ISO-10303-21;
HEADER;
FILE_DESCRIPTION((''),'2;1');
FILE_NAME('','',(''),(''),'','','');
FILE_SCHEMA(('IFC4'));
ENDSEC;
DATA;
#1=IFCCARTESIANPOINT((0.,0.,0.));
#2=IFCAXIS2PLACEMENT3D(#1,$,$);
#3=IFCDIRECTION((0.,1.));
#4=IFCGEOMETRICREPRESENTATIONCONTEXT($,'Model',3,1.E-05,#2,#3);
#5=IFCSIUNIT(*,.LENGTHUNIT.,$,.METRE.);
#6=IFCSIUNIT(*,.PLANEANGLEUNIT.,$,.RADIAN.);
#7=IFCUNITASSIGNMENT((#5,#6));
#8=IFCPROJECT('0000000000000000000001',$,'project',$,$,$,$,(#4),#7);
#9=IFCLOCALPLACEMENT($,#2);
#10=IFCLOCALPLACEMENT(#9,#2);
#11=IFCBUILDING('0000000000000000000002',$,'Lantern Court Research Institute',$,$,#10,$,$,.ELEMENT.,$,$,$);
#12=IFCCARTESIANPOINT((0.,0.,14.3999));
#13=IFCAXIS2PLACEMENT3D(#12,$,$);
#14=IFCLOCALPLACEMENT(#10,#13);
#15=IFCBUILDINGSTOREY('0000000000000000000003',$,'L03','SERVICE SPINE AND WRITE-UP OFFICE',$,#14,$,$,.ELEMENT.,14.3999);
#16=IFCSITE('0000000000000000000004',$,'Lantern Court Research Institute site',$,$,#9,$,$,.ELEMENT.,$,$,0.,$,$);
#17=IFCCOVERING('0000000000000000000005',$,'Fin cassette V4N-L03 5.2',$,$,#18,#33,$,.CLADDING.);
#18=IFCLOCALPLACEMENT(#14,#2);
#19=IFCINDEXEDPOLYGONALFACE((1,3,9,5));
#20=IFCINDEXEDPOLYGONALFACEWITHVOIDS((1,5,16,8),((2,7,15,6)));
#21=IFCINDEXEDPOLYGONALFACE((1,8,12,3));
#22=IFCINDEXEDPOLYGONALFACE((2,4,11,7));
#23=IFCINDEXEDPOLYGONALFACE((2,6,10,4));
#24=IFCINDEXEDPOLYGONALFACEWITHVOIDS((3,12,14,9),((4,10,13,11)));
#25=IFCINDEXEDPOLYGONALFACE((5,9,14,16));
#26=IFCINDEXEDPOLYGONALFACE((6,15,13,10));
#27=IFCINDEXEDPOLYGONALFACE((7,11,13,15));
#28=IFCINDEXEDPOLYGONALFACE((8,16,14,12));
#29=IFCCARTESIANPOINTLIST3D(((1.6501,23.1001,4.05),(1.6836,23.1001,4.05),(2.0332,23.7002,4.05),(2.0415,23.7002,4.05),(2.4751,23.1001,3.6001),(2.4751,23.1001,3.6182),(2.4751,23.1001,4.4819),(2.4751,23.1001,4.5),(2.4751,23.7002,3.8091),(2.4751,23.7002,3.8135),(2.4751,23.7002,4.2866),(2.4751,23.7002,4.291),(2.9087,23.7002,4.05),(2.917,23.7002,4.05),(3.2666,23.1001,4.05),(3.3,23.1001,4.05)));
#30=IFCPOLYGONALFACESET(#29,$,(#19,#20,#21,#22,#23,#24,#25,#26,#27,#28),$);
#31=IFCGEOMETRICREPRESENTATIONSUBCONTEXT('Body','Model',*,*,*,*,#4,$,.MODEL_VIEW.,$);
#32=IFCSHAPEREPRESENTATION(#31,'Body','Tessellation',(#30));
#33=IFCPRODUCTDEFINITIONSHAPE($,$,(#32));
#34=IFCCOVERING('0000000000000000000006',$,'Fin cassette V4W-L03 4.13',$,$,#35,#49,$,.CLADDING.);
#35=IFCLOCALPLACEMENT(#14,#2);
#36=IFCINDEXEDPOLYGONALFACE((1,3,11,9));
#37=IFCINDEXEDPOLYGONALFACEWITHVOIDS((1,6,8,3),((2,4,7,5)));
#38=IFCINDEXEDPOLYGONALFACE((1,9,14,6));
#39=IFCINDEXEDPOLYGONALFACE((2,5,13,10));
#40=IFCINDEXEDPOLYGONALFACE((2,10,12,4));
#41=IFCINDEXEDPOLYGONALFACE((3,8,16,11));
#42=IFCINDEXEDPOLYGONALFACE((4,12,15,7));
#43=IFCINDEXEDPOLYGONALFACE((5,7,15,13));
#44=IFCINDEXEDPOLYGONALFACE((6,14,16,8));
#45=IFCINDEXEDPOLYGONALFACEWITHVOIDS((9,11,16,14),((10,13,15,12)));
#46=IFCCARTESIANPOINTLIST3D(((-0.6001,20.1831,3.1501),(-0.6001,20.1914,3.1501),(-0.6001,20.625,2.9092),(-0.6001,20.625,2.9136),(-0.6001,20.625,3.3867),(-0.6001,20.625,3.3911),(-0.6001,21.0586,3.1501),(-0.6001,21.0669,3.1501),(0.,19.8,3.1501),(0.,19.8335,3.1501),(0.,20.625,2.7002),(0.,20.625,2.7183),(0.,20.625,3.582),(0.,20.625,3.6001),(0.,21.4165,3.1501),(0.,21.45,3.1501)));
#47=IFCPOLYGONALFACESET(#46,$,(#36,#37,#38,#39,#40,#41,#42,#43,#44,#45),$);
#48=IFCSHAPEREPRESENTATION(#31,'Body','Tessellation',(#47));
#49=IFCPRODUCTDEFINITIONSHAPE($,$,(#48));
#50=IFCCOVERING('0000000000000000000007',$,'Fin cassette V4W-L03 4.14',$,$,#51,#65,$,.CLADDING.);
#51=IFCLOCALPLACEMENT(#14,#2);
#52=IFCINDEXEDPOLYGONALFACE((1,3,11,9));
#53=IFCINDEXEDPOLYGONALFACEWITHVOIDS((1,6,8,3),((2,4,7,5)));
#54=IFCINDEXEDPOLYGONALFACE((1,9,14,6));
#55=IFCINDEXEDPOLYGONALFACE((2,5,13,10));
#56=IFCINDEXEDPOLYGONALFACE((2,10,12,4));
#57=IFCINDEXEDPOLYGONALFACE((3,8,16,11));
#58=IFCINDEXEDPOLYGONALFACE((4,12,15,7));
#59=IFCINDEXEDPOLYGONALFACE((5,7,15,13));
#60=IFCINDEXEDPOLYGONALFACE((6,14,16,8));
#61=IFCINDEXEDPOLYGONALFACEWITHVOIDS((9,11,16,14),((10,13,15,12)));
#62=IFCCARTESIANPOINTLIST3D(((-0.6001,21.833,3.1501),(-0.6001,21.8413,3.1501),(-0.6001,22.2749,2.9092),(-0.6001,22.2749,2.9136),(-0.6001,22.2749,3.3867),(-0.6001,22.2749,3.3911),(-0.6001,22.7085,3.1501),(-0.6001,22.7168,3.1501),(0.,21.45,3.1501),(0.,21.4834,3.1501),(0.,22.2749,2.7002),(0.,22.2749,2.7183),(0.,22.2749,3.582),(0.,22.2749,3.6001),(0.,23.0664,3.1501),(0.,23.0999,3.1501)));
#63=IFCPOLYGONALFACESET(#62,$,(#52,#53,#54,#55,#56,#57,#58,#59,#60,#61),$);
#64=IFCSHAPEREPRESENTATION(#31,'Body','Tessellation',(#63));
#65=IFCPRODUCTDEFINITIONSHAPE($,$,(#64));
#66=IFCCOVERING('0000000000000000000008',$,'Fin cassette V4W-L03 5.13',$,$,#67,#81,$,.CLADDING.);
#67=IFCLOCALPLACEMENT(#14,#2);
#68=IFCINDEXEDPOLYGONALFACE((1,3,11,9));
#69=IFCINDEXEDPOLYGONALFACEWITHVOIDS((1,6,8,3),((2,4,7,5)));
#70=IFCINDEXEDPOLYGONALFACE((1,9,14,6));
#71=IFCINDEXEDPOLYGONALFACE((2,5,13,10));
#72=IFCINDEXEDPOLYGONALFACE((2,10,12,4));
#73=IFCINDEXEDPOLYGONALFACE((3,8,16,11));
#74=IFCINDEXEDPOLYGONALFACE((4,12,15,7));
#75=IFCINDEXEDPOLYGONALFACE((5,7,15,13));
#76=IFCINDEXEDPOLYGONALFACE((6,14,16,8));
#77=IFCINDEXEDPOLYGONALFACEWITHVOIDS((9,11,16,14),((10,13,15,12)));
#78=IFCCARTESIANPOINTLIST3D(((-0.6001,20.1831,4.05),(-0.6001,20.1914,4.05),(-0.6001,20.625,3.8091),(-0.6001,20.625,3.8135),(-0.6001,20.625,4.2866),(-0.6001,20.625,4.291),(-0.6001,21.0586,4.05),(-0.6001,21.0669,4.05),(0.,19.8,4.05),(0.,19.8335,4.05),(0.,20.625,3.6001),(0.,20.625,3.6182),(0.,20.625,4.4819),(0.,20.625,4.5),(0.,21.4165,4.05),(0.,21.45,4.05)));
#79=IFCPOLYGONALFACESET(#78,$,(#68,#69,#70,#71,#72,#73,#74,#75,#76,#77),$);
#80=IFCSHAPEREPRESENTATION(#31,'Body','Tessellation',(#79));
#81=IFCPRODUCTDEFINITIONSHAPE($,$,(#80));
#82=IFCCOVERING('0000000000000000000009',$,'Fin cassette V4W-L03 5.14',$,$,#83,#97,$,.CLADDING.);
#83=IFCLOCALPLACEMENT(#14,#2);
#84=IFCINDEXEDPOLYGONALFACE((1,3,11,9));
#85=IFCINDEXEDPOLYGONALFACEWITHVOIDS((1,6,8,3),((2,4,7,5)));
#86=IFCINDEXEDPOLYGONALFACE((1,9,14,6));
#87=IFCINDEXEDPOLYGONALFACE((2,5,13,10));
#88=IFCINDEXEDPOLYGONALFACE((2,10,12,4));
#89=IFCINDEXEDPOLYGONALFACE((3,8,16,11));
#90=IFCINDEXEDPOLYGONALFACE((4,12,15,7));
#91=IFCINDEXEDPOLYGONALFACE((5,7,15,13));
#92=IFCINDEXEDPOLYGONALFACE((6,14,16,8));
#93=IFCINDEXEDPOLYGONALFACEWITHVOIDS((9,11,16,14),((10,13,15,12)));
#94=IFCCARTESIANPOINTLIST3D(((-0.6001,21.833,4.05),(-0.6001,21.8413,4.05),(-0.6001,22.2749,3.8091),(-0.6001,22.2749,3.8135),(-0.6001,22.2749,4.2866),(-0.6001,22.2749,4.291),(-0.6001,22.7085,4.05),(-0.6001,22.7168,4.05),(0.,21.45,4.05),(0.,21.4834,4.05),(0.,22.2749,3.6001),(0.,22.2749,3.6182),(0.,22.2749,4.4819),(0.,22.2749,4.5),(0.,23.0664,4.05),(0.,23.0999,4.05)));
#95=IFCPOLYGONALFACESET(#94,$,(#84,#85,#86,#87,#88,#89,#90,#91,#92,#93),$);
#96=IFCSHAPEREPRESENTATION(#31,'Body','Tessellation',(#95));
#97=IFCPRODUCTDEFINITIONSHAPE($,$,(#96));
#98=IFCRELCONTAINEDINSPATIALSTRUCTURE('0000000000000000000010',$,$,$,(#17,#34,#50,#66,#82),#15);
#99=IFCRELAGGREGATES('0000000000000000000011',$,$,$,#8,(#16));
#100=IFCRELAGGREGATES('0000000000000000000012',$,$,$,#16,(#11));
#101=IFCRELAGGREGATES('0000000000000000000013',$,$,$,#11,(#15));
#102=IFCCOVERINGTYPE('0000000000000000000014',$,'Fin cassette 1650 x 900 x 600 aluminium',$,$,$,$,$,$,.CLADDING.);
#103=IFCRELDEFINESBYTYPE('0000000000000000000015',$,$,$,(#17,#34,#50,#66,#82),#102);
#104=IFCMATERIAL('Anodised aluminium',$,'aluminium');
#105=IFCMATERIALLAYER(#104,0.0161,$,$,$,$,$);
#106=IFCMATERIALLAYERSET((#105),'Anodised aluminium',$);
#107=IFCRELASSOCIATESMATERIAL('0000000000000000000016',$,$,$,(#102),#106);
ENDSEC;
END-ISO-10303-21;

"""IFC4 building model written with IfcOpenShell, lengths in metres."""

from ifc_helpers import new_model, entity, si_unit, direction, frame, origin, place, context, subcontext, project, spatial, material, layer, layer_set, type_object, element, save


model = new_model("IFC4")

# Units and contexts
model_context = context("Model", 3, precision=1e-05, world=origin(), true_north=direction((0.0, 1.0)))
body_context = subcontext(model_context, "Body", "Model", "MODEL_VIEW")
ifc_project = project(units=[si_unit("LENGTHUNIT", "METRE"), si_unit("PLANEANGLEUNIT", "RADIAN")], contexts=[model_context])

# Site, building, storey
site_placement = place(None, origin())
site = spatial("IfcSite", under=ifc_project, at=site_placement, Name="Lantern Court Research Institute site", CompositionType="ELEMENT", RefElevation=0.0)
building_placement = place(site_placement, origin())
building = spatial("IfcBuilding", under=site, at=building_placement, Name="Lantern Court Research Institute", CompositionType="ELEMENT")
storey_placement = place(building_placement, frame((0.0, 0.0, 14.3999)))
storey = spatial("IfcBuildingStorey", under=building, at=storey_placement, Name="L03", Description="SERVICE SPINE AND WRITE-UP OFFICE", CompositionType="ELEMENT", Elevation=14.3999)

# Coverings
ifc_material_1 = material(Name="Anodised aluminium", Category="aluminium")
ifc_layer_1 = layer(ifc_material_1, 0.0161)
ifc_layer_set_1 = layer_set([ifc_layer_1], Name="Anodised aluminium")
covering_type = type_object("IfcCoveringType", Name="Fin cassette 1650 x 900 x 600 aluminium", PredefinedType="CLADDING", material=ifc_layer_set_1)
covering_1_placement = place(storey_placement, frame((2.4751, 23.1001, 4.05), z_axis=(0.0, 1.0, 0.0), x_axis=(-1.0, 0.0, 0.0)))
cartesian_point_1 = entity("IfcCartesianPoint", [0.825, 0.0])
cartesian_point_2 = entity("IfcCartesianPoint", [0.7915, 0.0])
cartesian_point_3 = entity("IfcCartesianPoint", [0.4419, 0.0])
cartesian_point_4 = entity("IfcCartesianPoint", [0.4336, 0.0])
element("IfcCovering", 1, at=covering_1_placement, inside=storey, type_object=covering_type, Name="Fin cassette V4N-L03 5.2", PredefinedType="CLADDING", context=body_context, shape_type="SweptSolid", body=[
    entity("IfcExtrudedAreaSolidTapered", entity("IfcArbitraryProfileDefWithVoids", "AREA", None, entity("IfcPolyline", [cartesian_point_1, entity("IfcCartesianPoint", [0.0, 0.45]), entity("IfcCartesianPoint", [-0.825, 0.0]), entity("IfcCartesianPoint", [0.0, -0.45]), cartesian_point_1]), [entity("IfcPolyline", [cartesian_point_2, entity("IfcCartesianPoint", [0.0, 0.4319]), entity("IfcCartesianPoint", [-0.7915, 0.0]), entity("IfcCartesianPoint", [0.0, -0.4319]), cartesian_point_2])]), entity("IfcAxis2Placement3D", entity("IfcCartesianPoint", [0.0, 0.0, 0.0])), entity("IfcDirection", [0.0, 0.0, 1.0]), 0.6001, entity("IfcArbitraryProfileDefWithVoids", "AREA", None, entity("IfcPolyline", [cartesian_point_3, entity("IfcCartesianPoint", [0.0, 0.241]), entity("IfcCartesianPoint", [-0.4419, 0.0]), entity("IfcCartesianPoint", [0.0, -0.241]), cartesian_point_3]), [entity("IfcPolyline", [cartesian_point_4, entity("IfcCartesianPoint", [0.0, 0.2366]), entity("IfcCartesianPoint", [-0.4336, 0.0]), entity("IfcCartesianPoint", [0.0, -0.2366]), cartesian_point_4])])),
])
covering_2_placement = place(storey_placement, frame((0.0, 20.625, 3.1501), z_axis=(-1.0, 0.0, 0.0), x_axis=(0.0, -1.0, 0.0)))
cartesian_point_5 = entity("IfcCartesianPoint", [0.825, 0.0])
cartesian_point_6 = entity("IfcCartesianPoint", [0.7915, 0.0])
cartesian_point_7 = entity("IfcCartesianPoint", [0.4419, 0.0])
cartesian_point_8 = entity("IfcCartesianPoint", [0.4336, 0.0])
element("IfcCovering", 2, at=covering_2_placement, inside=storey, type_object=covering_type, Name="Fin cassette V4W-L03 4.13", PredefinedType="CLADDING", context=body_context, shape_type="SweptSolid", body=[
    entity("IfcExtrudedAreaSolidTapered", entity("IfcArbitraryProfileDefWithVoids", "AREA", None, entity("IfcPolyline", [cartesian_point_5, entity("IfcCartesianPoint", [0.0, 0.45]), entity("IfcCartesianPoint", [-0.825, 0.0]), entity("IfcCartesianPoint", [0.0, -0.45]), cartesian_point_5]), [entity("IfcPolyline", [cartesian_point_6, entity("IfcCartesianPoint", [0.0, 0.4319]), entity("IfcCartesianPoint", [-0.7915, 0.0]), entity("IfcCartesianPoint", [0.0, -0.4319]), cartesian_point_6])]), entity("IfcAxis2Placement3D", entity("IfcCartesianPoint", [0.0, 0.0, 0.0])), entity("IfcDirection", [0.0, 0.0, 1.0]), 0.6001, entity("IfcArbitraryProfileDefWithVoids", "AREA", None, entity("IfcPolyline", [cartesian_point_7, entity("IfcCartesianPoint", [0.0, 0.241]), entity("IfcCartesianPoint", [-0.4419, 0.0]), entity("IfcCartesianPoint", [0.0, -0.241]), cartesian_point_7]), [entity("IfcPolyline", [cartesian_point_8, entity("IfcCartesianPoint", [0.0, 0.2366]), entity("IfcCartesianPoint", [-0.4336, 0.0]), entity("IfcCartesianPoint", [0.0, -0.2366]), cartesian_point_8])])),
])
covering_3_placement = place(storey_placement, frame((0.0, 22.2749, 3.1501), z_axis=(-1.0, 0.0, 0.0), x_axis=(0.0, -1.0, 0.0)))
cartesian_point_9 = entity("IfcCartesianPoint", [0.825, 0.0])
cartesian_point_10 = entity("IfcCartesianPoint", [0.7915, 0.0])
cartesian_point_11 = entity("IfcCartesianPoint", [0.4419, 0.0])
cartesian_point_12 = entity("IfcCartesianPoint", [0.4336, 0.0])
element("IfcCovering", 3, at=covering_3_placement, inside=storey, type_object=covering_type, Name="Fin cassette V4W-L03 4.14", PredefinedType="CLADDING", context=body_context, shape_type="SweptSolid", body=[
    entity("IfcExtrudedAreaSolidTapered", entity("IfcArbitraryProfileDefWithVoids", "AREA", None, entity("IfcPolyline", [cartesian_point_9, entity("IfcCartesianPoint", [0.0, 0.45]), entity("IfcCartesianPoint", [-0.825, 0.0]), entity("IfcCartesianPoint", [0.0, -0.45]), cartesian_point_9]), [entity("IfcPolyline", [cartesian_point_10, entity("IfcCartesianPoint", [0.0, 0.4319]), entity("IfcCartesianPoint", [-0.7915, 0.0]), entity("IfcCartesianPoint", [0.0, -0.4319]), cartesian_point_10])]), entity("IfcAxis2Placement3D", entity("IfcCartesianPoint", [0.0, 0.0, 0.0])), entity("IfcDirection", [0.0, 0.0, 1.0]), 0.6001, entity("IfcArbitraryProfileDefWithVoids", "AREA", None, entity("IfcPolyline", [cartesian_point_11, entity("IfcCartesianPoint", [0.0, 0.241]), entity("IfcCartesianPoint", [-0.4419, 0.0]), entity("IfcCartesianPoint", [0.0, -0.241]), cartesian_point_11]), [entity("IfcPolyline", [cartesian_point_12, entity("IfcCartesianPoint", [0.0, 0.2366]), entity("IfcCartesianPoint", [-0.4336, 0.0]), entity("IfcCartesianPoint", [0.0, -0.2366]), cartesian_point_12])])),
])
covering_4_placement = place(storey_placement, frame((0.0, 20.625, 4.05), z_axis=(-1.0, 0.0, 0.0), x_axis=(0.0, -1.0, 0.0)))
cartesian_point_13 = entity("IfcCartesianPoint", [0.825, 0.0])
cartesian_point_14 = entity("IfcCartesianPoint", [0.7915, 0.0])
cartesian_point_15 = entity("IfcCartesianPoint", [0.4419, 0.0])
cartesian_point_16 = entity("IfcCartesianPoint", [0.4336, 0.0])
element("IfcCovering", 4, at=covering_4_placement, inside=storey, type_object=covering_type, Name="Fin cassette V4W-L03 5.13", PredefinedType="CLADDING", context=body_context, shape_type="SweptSolid", body=[
    entity("IfcExtrudedAreaSolidTapered", entity("IfcArbitraryProfileDefWithVoids", "AREA", None, entity("IfcPolyline", [cartesian_point_13, entity("IfcCartesianPoint", [0.0, 0.45]), entity("IfcCartesianPoint", [-0.825, 0.0]), entity("IfcCartesianPoint", [0.0, -0.45]), cartesian_point_13]), [entity("IfcPolyline", [cartesian_point_14, entity("IfcCartesianPoint", [0.0, 0.4319]), entity("IfcCartesianPoint", [-0.7915, 0.0]), entity("IfcCartesianPoint", [0.0, -0.4319]), cartesian_point_14])]), entity("IfcAxis2Placement3D", entity("IfcCartesianPoint", [0.0, 0.0, 0.0])), entity("IfcDirection", [0.0, 0.0, 1.0]), 0.6001, entity("IfcArbitraryProfileDefWithVoids", "AREA", None, entity("IfcPolyline", [cartesian_point_15, entity("IfcCartesianPoint", [0.0, 0.241]), entity("IfcCartesianPoint", [-0.4419, 0.0]), entity("IfcCartesianPoint", [0.0, -0.241]), cartesian_point_15]), [entity("IfcPolyline", [cartesian_point_16, entity("IfcCartesianPoint", [0.0, 0.2366]), entity("IfcCartesianPoint", [-0.4336, 0.0]), entity("IfcCartesianPoint", [0.0, -0.2366]), cartesian_point_16])])),
])
covering_5_placement = place(storey_placement, frame((0.0, 22.2749, 4.05), z_axis=(-1.0, 0.0, 0.0), x_axis=(0.0, -1.0, 0.0)))
cartesian_point_17 = entity("IfcCartesianPoint", [0.825, 0.0])
cartesian_point_18 = entity("IfcCartesianPoint", [0.7915, 0.0])
cartesian_point_19 = entity("IfcCartesianPoint", [0.4419, 0.0])
cartesian_point_20 = entity("IfcCartesianPoint", [0.4336, 0.0])
element("IfcCovering", 5, at=covering_5_placement, inside=storey, type_object=covering_type, Name="Fin cassette V4W-L03 5.14", PredefinedType="CLADDING", context=body_context, shape_type="SweptSolid", body=[
    entity("IfcExtrudedAreaSolidTapered", entity("IfcArbitraryProfileDefWithVoids", "AREA", None, entity("IfcPolyline", [cartesian_point_17, entity("IfcCartesianPoint", [0.0, 0.45]), entity("IfcCartesianPoint", [-0.825, 0.0]), entity("IfcCartesianPoint", [0.0, -0.45]), cartesian_point_17]), [entity("IfcPolyline", [cartesian_point_18, entity("IfcCartesianPoint", [0.0, 0.4319]), entity("IfcCartesianPoint", [-0.7915, 0.0]), entity("IfcCartesianPoint", [0.0, -0.4319]), cartesian_point_18])]), entity("IfcAxis2Placement3D", entity("IfcCartesianPoint", [0.0, 0.0, 0.0])), entity("IfcDirection", [0.0, 0.0, 1.0]), 0.6001, entity("IfcArbitraryProfileDefWithVoids", "AREA", None, entity("IfcPolyline", [cartesian_point_19, entity("IfcCartesianPoint", [0.0, 0.241]), entity("IfcCartesianPoint", [-0.4419, 0.0]), entity("IfcCartesianPoint", [0.0, -0.241]), cartesian_point_19]), [entity("IfcPolyline", [cartesian_point_20, entity("IfcCartesianPoint", [0.0, 0.2366]), entity("IfcCartesianPoint", [-0.4336, 0.0]), entity("IfcCartesianPoint", [0.0, -0.2366]), cartesian_point_20])])),
])

save(model, "model.ifc")
